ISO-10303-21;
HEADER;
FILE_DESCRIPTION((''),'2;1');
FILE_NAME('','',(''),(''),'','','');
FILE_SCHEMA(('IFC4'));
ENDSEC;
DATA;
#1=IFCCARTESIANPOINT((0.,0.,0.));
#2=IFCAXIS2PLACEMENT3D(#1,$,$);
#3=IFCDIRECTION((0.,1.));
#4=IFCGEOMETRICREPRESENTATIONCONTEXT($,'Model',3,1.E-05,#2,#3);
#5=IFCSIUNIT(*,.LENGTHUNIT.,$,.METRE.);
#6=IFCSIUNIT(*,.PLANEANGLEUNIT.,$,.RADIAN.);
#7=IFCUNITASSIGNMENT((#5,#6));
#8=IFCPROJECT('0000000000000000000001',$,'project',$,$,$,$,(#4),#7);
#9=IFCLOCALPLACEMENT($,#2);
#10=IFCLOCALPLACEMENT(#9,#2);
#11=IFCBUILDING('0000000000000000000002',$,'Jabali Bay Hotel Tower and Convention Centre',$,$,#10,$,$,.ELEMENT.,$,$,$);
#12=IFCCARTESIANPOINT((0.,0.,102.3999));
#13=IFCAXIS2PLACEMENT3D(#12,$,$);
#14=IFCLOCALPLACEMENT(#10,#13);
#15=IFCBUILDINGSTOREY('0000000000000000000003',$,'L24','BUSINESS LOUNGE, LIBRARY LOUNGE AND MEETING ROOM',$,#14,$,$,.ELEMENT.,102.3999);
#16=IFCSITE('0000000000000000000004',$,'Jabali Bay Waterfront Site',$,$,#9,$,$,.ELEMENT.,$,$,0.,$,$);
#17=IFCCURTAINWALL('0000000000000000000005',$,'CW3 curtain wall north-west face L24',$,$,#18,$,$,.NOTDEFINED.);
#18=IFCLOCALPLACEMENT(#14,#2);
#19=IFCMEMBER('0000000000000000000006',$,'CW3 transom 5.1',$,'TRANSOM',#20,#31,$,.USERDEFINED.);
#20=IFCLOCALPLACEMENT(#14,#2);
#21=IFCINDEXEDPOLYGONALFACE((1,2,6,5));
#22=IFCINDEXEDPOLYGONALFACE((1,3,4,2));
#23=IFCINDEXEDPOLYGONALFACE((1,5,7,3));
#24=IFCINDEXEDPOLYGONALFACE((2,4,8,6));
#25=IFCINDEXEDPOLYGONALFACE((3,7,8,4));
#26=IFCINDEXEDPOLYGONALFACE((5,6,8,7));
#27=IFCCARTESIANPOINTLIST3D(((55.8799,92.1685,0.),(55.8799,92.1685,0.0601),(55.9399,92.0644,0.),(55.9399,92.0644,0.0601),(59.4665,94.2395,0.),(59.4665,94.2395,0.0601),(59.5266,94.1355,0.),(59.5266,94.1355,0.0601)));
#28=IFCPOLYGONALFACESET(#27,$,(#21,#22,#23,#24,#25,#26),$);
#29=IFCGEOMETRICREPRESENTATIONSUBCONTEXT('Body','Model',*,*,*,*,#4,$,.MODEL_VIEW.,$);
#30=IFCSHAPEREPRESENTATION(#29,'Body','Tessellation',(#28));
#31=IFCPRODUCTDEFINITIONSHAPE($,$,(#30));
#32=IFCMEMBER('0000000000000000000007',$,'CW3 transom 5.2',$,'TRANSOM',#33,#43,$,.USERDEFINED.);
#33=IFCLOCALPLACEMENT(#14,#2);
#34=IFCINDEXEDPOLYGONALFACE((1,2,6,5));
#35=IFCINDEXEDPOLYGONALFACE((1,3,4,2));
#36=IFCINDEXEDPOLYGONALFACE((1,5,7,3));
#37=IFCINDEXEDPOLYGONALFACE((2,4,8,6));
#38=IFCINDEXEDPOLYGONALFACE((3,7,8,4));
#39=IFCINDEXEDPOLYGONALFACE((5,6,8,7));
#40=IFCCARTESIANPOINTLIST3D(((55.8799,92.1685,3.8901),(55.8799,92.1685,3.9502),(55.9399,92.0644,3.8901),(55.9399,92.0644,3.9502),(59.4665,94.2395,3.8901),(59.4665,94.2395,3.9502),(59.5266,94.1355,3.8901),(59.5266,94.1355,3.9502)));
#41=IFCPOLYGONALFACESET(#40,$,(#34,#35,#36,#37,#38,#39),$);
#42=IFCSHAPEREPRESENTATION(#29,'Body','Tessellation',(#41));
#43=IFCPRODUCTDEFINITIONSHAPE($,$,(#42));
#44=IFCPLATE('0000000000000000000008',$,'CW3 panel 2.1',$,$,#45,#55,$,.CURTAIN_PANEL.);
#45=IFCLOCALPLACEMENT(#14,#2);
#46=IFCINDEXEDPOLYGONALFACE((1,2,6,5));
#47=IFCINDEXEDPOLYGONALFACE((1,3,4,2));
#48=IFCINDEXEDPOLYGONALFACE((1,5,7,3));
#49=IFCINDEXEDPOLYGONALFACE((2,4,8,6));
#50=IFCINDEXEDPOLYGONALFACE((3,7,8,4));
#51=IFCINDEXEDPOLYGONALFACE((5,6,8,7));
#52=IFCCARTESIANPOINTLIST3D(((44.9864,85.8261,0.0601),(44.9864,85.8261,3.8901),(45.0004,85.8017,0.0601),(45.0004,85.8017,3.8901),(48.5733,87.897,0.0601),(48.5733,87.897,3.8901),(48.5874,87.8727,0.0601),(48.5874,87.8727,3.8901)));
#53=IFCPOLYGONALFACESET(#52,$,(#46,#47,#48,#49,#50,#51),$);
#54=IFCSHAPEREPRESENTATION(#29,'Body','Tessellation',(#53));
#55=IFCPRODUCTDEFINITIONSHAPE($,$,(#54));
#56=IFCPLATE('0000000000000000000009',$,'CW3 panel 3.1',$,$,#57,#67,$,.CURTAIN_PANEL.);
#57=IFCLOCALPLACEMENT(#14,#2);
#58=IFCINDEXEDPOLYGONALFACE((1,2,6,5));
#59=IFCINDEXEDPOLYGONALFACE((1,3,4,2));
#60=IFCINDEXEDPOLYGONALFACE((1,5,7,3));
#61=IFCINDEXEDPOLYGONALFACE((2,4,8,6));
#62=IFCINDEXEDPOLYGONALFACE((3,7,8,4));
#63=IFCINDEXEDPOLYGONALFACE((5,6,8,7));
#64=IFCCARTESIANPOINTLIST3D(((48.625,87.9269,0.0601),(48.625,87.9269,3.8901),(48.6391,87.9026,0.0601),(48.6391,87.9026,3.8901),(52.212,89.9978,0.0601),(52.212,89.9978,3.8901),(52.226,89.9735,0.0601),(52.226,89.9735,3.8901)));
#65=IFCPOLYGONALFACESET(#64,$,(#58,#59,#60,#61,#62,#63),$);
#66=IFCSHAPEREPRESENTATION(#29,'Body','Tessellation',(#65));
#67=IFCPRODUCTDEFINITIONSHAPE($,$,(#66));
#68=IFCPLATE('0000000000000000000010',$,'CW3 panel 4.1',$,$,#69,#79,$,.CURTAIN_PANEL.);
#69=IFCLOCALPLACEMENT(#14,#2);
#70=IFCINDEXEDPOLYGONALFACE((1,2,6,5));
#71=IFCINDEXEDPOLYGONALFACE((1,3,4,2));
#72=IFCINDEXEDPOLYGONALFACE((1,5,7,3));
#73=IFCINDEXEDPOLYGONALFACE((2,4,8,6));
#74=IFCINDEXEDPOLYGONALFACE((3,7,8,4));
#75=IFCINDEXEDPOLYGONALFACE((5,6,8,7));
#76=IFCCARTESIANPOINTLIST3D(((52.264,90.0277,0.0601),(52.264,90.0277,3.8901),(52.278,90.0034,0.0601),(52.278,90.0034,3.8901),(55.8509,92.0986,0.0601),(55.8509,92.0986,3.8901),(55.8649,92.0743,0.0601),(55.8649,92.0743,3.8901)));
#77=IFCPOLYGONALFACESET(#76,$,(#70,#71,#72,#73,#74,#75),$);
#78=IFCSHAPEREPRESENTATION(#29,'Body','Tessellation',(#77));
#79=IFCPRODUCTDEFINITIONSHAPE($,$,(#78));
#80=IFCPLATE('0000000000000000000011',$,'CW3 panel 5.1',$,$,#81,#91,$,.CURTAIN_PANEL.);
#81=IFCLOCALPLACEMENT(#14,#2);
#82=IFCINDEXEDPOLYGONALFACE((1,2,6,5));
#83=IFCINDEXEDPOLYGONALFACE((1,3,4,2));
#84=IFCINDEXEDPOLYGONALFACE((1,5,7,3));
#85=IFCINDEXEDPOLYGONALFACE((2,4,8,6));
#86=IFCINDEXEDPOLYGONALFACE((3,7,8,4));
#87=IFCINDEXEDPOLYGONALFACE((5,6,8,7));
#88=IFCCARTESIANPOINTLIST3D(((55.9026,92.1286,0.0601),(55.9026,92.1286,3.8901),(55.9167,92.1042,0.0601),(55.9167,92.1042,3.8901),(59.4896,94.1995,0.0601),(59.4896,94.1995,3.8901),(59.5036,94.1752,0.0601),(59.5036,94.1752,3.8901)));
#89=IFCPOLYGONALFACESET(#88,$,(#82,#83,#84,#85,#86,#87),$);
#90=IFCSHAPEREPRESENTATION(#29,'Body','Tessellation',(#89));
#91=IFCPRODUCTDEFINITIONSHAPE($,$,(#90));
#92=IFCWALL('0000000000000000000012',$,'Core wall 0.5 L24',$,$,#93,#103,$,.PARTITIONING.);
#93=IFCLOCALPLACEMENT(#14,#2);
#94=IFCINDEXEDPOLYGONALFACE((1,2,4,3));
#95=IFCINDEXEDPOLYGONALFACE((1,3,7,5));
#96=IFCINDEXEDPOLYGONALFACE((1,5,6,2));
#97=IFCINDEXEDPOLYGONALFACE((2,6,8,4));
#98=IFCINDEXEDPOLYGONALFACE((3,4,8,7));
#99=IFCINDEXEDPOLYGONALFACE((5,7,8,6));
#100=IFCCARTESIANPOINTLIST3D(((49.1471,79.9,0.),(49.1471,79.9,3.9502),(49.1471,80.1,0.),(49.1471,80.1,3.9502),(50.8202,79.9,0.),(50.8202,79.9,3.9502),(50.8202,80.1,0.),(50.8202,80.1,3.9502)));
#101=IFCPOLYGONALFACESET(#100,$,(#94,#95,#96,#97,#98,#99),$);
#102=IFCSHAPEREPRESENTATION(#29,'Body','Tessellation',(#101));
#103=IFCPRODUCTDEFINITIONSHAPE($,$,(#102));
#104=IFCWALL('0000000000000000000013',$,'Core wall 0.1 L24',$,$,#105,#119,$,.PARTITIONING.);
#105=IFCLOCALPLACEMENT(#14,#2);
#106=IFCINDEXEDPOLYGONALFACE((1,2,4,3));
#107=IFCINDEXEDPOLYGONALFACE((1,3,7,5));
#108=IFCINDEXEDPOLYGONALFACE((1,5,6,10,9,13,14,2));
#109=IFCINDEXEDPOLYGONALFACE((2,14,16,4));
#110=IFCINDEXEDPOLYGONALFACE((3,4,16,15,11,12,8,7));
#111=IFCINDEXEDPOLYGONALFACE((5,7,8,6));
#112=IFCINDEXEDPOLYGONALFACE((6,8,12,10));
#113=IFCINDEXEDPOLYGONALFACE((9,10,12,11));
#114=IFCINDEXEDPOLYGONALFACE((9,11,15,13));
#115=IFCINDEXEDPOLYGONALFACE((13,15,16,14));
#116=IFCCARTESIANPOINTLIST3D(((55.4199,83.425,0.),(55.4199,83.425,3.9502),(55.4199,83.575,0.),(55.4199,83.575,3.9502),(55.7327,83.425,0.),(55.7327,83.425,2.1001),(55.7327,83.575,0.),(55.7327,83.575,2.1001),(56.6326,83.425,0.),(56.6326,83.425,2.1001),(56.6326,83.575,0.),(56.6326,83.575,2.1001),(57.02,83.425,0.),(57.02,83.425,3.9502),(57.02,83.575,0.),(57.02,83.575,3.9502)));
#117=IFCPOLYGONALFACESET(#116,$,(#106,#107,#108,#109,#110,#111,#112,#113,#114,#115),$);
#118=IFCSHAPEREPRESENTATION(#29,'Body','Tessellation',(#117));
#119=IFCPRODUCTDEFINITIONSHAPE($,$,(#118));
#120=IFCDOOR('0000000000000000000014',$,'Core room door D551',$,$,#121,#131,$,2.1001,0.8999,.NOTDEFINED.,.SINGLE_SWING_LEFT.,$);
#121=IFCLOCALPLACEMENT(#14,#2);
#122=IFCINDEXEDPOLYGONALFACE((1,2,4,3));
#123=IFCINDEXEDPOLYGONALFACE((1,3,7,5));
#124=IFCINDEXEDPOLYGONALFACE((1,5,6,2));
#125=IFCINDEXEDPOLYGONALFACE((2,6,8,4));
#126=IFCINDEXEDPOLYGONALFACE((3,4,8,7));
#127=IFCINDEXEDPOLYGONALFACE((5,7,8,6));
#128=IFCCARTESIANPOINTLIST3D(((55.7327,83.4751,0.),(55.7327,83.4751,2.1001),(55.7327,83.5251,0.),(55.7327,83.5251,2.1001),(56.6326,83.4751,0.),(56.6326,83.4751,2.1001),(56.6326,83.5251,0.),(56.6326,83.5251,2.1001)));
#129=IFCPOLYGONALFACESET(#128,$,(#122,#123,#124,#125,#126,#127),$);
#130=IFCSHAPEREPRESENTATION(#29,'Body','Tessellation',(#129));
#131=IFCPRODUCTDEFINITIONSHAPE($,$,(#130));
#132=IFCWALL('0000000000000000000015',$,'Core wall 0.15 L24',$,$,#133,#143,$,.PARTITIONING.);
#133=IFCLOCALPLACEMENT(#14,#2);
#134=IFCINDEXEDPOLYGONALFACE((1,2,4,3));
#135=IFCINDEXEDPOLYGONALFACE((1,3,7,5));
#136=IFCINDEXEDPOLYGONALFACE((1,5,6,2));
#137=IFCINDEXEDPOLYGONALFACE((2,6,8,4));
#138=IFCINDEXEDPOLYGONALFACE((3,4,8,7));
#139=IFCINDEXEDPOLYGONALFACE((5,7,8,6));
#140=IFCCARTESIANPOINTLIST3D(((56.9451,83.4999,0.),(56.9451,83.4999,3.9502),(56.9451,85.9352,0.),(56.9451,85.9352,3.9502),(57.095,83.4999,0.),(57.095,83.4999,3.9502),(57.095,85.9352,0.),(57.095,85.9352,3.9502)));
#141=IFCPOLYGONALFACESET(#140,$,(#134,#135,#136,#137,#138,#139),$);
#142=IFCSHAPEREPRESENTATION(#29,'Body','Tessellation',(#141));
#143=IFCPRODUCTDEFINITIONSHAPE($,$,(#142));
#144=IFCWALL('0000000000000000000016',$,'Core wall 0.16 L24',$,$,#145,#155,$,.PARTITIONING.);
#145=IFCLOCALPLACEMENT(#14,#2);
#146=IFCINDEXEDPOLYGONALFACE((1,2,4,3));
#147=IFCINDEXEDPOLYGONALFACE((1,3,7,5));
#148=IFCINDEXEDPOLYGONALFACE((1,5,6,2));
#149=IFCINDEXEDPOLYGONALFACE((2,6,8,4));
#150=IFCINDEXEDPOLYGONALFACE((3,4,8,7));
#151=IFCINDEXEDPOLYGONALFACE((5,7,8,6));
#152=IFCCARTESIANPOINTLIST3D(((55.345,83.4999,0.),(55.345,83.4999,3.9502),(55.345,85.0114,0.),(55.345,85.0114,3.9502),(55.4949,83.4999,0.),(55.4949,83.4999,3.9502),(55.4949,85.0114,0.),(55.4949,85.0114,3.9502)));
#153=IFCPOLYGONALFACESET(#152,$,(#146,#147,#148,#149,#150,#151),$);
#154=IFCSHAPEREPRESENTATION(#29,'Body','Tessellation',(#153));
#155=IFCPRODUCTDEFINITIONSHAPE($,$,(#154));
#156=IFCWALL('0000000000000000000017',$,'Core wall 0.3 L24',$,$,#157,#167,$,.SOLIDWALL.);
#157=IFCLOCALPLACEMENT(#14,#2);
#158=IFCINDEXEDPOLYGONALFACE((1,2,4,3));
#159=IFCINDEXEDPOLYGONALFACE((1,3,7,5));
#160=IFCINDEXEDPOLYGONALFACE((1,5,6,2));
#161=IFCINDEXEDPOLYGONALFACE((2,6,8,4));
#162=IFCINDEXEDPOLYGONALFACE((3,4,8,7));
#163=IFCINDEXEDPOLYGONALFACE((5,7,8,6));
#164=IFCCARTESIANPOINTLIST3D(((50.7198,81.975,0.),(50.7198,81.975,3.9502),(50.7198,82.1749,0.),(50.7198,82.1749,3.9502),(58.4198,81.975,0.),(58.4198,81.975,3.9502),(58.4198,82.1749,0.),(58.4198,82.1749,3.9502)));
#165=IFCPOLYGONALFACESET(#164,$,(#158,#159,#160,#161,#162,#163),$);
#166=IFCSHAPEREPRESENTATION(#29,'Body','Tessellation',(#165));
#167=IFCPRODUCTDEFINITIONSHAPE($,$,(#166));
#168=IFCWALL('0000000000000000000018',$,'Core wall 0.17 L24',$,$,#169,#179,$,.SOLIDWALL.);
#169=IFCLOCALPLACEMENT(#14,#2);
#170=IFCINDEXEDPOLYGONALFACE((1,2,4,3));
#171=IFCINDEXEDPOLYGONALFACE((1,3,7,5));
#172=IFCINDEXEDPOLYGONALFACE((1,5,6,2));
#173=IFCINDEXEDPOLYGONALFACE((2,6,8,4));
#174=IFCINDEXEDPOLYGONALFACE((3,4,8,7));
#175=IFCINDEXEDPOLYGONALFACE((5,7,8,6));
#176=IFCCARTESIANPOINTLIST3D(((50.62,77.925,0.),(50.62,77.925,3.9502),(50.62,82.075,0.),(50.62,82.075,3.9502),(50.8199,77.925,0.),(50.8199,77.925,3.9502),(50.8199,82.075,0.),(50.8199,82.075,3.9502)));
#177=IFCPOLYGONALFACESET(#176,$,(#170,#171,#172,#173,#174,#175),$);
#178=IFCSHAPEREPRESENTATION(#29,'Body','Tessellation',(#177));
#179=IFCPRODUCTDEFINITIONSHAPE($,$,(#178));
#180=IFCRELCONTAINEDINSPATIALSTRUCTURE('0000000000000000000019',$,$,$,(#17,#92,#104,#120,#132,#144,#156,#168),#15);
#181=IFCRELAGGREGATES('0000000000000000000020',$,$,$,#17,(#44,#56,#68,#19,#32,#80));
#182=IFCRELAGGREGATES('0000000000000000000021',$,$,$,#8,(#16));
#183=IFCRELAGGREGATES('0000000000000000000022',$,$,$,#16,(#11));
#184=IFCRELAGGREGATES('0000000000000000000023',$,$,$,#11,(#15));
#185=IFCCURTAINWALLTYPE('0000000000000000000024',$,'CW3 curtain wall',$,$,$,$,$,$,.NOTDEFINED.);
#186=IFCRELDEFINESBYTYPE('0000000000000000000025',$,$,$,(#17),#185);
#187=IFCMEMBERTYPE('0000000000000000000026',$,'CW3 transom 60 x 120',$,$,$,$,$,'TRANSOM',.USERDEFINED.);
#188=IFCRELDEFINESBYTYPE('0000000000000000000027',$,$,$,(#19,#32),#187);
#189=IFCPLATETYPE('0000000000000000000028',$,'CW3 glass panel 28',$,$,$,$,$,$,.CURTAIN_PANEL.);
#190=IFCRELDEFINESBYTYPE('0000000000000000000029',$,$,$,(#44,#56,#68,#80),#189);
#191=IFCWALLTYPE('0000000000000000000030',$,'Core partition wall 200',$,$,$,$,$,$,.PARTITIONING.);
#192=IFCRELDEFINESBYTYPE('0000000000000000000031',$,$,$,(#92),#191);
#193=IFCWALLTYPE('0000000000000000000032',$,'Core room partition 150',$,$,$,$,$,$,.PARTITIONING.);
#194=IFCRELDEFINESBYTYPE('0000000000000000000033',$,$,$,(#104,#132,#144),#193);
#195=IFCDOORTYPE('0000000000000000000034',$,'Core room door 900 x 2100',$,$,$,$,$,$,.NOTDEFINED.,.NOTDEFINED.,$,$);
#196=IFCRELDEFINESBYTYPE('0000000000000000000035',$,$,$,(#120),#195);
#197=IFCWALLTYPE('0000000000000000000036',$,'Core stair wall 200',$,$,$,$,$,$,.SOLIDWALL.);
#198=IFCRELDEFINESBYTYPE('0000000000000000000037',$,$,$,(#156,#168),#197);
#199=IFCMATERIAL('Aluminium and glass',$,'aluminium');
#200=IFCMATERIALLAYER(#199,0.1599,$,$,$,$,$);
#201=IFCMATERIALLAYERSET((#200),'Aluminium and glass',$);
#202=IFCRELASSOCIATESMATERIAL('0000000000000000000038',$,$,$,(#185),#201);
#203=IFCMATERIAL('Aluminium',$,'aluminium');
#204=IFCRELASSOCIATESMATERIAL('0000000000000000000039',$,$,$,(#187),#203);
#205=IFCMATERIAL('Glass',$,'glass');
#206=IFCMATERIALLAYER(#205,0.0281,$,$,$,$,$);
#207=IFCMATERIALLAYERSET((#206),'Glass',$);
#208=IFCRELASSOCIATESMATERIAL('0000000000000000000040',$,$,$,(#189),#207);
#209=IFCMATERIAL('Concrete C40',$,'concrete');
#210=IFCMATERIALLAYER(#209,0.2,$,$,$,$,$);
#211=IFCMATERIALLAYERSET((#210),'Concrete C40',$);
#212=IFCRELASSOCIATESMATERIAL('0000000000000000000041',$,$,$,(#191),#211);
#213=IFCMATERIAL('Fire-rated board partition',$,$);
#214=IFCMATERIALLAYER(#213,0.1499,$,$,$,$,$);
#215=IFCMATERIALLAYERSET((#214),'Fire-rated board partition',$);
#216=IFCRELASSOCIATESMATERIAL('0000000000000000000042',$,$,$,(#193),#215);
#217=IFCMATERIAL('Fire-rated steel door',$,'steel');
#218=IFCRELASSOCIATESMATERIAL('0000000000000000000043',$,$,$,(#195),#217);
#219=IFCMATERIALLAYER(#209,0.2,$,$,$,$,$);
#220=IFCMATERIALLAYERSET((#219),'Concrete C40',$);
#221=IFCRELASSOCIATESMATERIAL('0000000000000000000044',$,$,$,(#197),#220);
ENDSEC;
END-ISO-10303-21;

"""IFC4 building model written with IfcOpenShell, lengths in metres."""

from ifc_helpers import new_model, si_unit, direction, frame, frame_2d, origin, origin_2d, place, context, subcontext, project, spatial, rectangle, extrude, material, layer, layer_set, material_profile, profile_set, type_object, element, fill, aggregate, save


model = new_model("IFC4")

# Units and contexts
model_context = context("Model", 3, precision=1e-05, world=origin(), true_north=direction((0.0, 1.0)))
body_context = subcontext(model_context, "Body", "Model", "MODEL_VIEW")
ifc_project = project(units=[si_unit("LENGTHUNIT", "METRE"), si_unit("PLANEANGLEUNIT", "RADIAN")], contexts=[model_context])

# Site, building, storey
site_placement = place(None, origin())
site = spatial("IfcSite", under=ifc_project, at=site_placement, Name="Jabali Bay Waterfront Site", CompositionType="ELEMENT", RefElevation=0.0)
building_placement = place(site_placement, origin())
building = spatial("IfcBuilding", under=site, at=building_placement, Name="Jabali Bay Hotel Tower and Convention Centre", CompositionType="ELEMENT")
storey_placement = place(building_placement, frame((0.0, 0.0, 102.3999)))
storey = spatial("IfcBuildingStorey", under=building, at=storey_placement, Name="L24", Description="BUSINESS LOUNGE, LIBRARY LOUNGE AND MEETING ROOM", CompositionType="ELEMENT", Elevation=102.3999)

# Curtain wall, members, plates
ifc_material_1 = material(Name="Aluminium and glass", Category="aluminium")
ifc_layer_1 = layer(ifc_material_1, 0.1599)
ifc_layer_set_1 = layer_set([ifc_layer_1], Name="Aluminium and glass")
curtain_wall_type = type_object("IfcCurtainWallType", Name="CW3 curtain wall", PredefinedType="NOTDEFINED", material=ifc_layer_set_1)
curtain_wall_placement = place(storey_placement, origin())
curtain_wall = element("IfcCurtainWall", 1, at=curtain_wall_placement, inside=storey, type_object=curtain_wall_type, Name="CW3 curtain wall north-west face L24", PredefinedType="NOTDEFINED")
ifc_material_2 = material(Name="Aluminium", Category="aluminium")
ifc_material_profile_1 = material_profile(ifc_material_2, rectangle(XDim=0.1201, YDim=0.0601, at=origin_2d()), Name="CW3 transom 60 x 120")
ifc_profile_set_1 = profile_set([ifc_material_profile_1], Name="Aluminium")
member_type_1 = type_object("IfcMemberType", Name="CW3 transom 60 x 120", ElementType="TRANSOM", PredefinedType="USERDEFINED", material=ifc_profile_set_1)
member_1_placement = place(storey_placement, frame((55.9099, 92.1165, 0.03), z_axis=(0.865996, 0.500051, 0.0), x_axis=(-0.500051, 0.865996, 0.0)))
member_1 = element("IfcMember", 2, at=member_1_placement, type_object=member_type_1, Name="CW3 transom 5.1", ObjectType="TRANSOM", PredefinedType="USERDEFINED", context=body_context, shape_type="SweptSolid", body=[
    extrude(rectangle(XDim=0.1201, YDim=0.0601, at=origin_2d()), origin(), (0.0, 0.0, 1.0), 4.1416),
])
member_2_placement = place(storey_placement, frame((55.9099, 92.1165, 3.9202), z_axis=(0.865996, 0.500051, 0.0), x_axis=(-0.500051, 0.865996, 0.0)))
member_2 = element("IfcMember", 3, at=member_2_placement, type_object=member_type_1, Name="CW3 transom 5.2", ObjectType="TRANSOM", PredefinedType="USERDEFINED", context=body_context, shape_type="SweptSolid", body=[
    extrude(rectangle(XDim=0.1201, YDim=0.0601, at=origin_2d()), origin(), (0.0, 0.0, 1.0), 4.1416),
])
ifc_material_3 = material(Name="Glass", Category="glass")
ifc_layer_2 = layer(ifc_material_3, 0.0281)
ifc_layer_set_2 = layer_set([ifc_layer_2], Name="Glass")
plate_type = type_object("IfcPlateType", Name="CW3 glass panel 28", PredefinedType="CURTAIN_PANEL", material=ifc_layer_set_2)
plate_1_placement = place(storey_placement, frame((46.7869, 86.8494, 0.0601), z_axis=(0.0, 0.0, 1.0), x_axis=(0.866025, 0.5, 0.0)))
plate_1 = element("IfcPlate", 4, at=plate_1_placement, type_object=plate_type, Name="CW3 panel 2.1", PredefinedType="CURTAIN_PANEL", context=body_context, shape_type="SweptSolid", body=[
    extrude(rectangle(XDim=4.1418, YDim=0.0281, at=origin_2d()), origin(), (0.0, 0.0, 1.0), 3.8301),
])
plate_2_placement = place(storey_placement, frame((50.4255, 88.9502, 0.0601), z_axis=(0.0, 0.0, 1.0), x_axis=(0.866025, 0.5, 0.0)))
plate_2 = element("IfcPlate", 5, at=plate_2_placement, type_object=plate_type, Name="CW3 panel 3.1", PredefinedType="CURTAIN_PANEL", context=body_context, shape_type="SweptSolid", body=[
    extrude(rectangle(XDim=4.1418, YDim=0.0281, at=origin_2d()), origin(), (0.0, 0.0, 1.0), 3.8301),
])
plate_3_placement = place(storey_placement, frame((54.0645, 91.051, 0.0601), z_axis=(0.0, 0.0, 1.0), x_axis=(0.866025, 0.5, 0.0)))
plate_3 = element("IfcPlate", 6, at=plate_3_placement, type_object=plate_type, Name="CW3 panel 4.1", PredefinedType="CURTAIN_PANEL", context=body_context, shape_type="SweptSolid", body=[
    extrude(rectangle(XDim=4.1418, YDim=0.0281, at=origin_2d()), origin(), (0.0, 0.0, 1.0), 3.8301),
])
plate_4_placement = place(storey_placement, frame((57.7031, 93.1519, 0.0601), z_axis=(0.0, 0.0, 1.0), x_axis=(0.866025, 0.5, 0.0)))
plate_4 = element("IfcPlate", 7, at=plate_4_placement, type_object=plate_type, Name="CW3 panel 5.1", PredefinedType="CURTAIN_PANEL", context=body_context, shape_type="SweptSolid", body=[
    extrude(rectangle(XDim=4.1418, YDim=0.0281, at=origin_2d()), origin(), (0.0, 0.0, 1.0), 3.8301),
])
aggregate(curtain_wall, [plate_1, plate_2, plate_3, member_1, member_2, plate_4])

# Wall
ifc_material_4 = material(Name="Concrete C40", Category="concrete")
ifc_layer_3 = layer(ifc_material_4, 0.2)
ifc_layer_set_3 = layer_set([ifc_layer_3], Name="Concrete C40")
wall_type_1 = type_object("IfcWallType", Name="Core partition wall 200", PredefinedType="PARTITIONING", material=ifc_layer_set_3)
wall_1_placement = place(storey_placement, frame((50.8201, 80.0, 0.0), z_axis=(0.0, 0.0, 1.0), x_axis=(-1.0, 0.0, 0.0)))
element("IfcWall", 8, at=wall_1_placement, inside=storey, type_object=wall_type_1, Name="Core wall 0.5 L24", PredefinedType="PARTITIONING", context=body_context, shape_type="SweptSolid", body=[
    extrude(rectangle(XDim=1.6731, YDim=0.2, at=frame_2d((0.8364, 0.0))), origin(), (0.0, 0.0, 1.0), 3.9502),
])

# Wall, opening, door
ifc_material_5 = material(Name="Fire-rated board partition")
ifc_layer_4 = layer(ifc_material_5, 0.1499)
ifc_layer_set_4 = layer_set([ifc_layer_4], Name="Fire-rated board partition")
wall_type_2 = type_object("IfcWallType", Name="Core room partition 150", PredefinedType="PARTITIONING", material=ifc_layer_set_4)
wall_2_placement = place(storey_placement, frame((57.02, 83.5, 0.0), z_axis=(0.0, 0.0, 1.0), x_axis=(-1.0, 0.0, 0.0)))
wall_2 = element("IfcWall", 9, at=wall_2_placement, inside=storey, type_object=wall_type_2, Name="Core wall 0.1 L24", PredefinedType="PARTITIONING", context=body_context, shape_type="SweptSolid", body=[
    extrude(rectangle(XDim=1.6001, YDim=0.1499, at=frame_2d((0.8, 0.0))), origin(), (0.0, 0.0, 1.0), 3.9502),
])
opening_placement = place(wall_2_placement, frame((0.3875, 0.0, 0.0)))
opening = element("IfcOpeningElement", 10, at=opening_placement, cuts=wall_2, PredefinedType="OPENING", context=body_context, shape_type="SweptSolid", body=[
    extrude(rectangle(XDim=0.8999, YDim=2.1001, at=frame_2d((0.45, 1.05))), frame((0.0, 0.0854, 0.0), z_axis=(0.0, -1.0, 0.0), x_axis=(1.0, 0.0, 0.0)), (0.0, 0.0, 1.0), 0.1709),
])
ifc_material_6 = material(Name="Fire-rated steel door", Category="steel")
door_type = type_object("IfcDoorType", Name="Core room door 900 x 2100", OperationType="NOTDEFINED", PredefinedType="NOTDEFINED", material=ifc_material_6)
door_placement = place(opening_placement, origin())
door = element("IfcDoor", 11, at=door_placement, inside=storey, type_object=door_type, Name="Core room door D551", OperationType="SINGLE_SWING_LEFT", OverallHeight=2.1001, OverallWidth=0.8999, PredefinedType="NOTDEFINED", context=body_context, shape_type="SweptSolid", body=[
    extrude(rectangle(XDim=0.8999, YDim=2.1001, at=frame_2d((0.45, 1.05))), frame((0.0, 0.0249, 0.0), z_axis=(0.0, -1.0, 0.0), x_axis=(1.0, 0.0, 0.0)), (0.0, 0.0, 1.0), 0.05),
])
fill(opening, door)

# Walls
wall_3_placement = place(storey_placement, frame((57.02, 85.9353, 0.0), z_axis=(0.0, 0.0, 1.0), x_axis=(0.0, -1.0, 0.0)))
element("IfcWall", 12, at=wall_3_placement, inside=storey, type_object=wall_type_2, Name="Core wall 0.15 L24", PredefinedType="PARTITIONING", context=body_context, shape_type="SweptSolid", body=[
    extrude(rectangle(XDim=2.4353, YDim=0.1499, at=frame_2d((1.2178, 0.0))), origin(), (0.0, 0.0, 1.0), 3.9502),
])
wall_4_placement = place(storey_placement, frame((55.4199, 85.0115, 0.0), z_axis=(0.0, 0.0, 1.0), x_axis=(0.0, -1.0, 0.0)))
element("IfcWall", 13, at=wall_4_placement, inside=storey, type_object=wall_type_2, Name="Core wall 0.16 L24", PredefinedType="PARTITIONING", context=body_context, shape_type="SweptSolid", body=[
    extrude(rectangle(XDim=1.5115, YDim=0.1499, at=frame_2d((0.7559, 0.0))), origin(), (0.0, 0.0, 1.0), 3.9502),
])
ifc_layer_5 = layer(ifc_material_4, 0.2)
ifc_layer_set_5 = layer_set([ifc_layer_5], Name="Concrete C40")
wall_type_3 = type_object("IfcWallType", Name="Core stair wall 200", PredefinedType="SOLIDWALL", material=ifc_layer_set_5)
wall_5_placement = place(storey_placement, frame((58.4199, 82.075, 0.0), z_axis=(0.0, 0.0, 1.0), x_axis=(-1.0, 0.0, 0.0)))
element("IfcWall", 14, at=wall_5_placement, inside=storey, type_object=wall_type_3, Name="Core wall 0.3 L24", PredefinedType="SOLIDWALL", context=body_context, shape_type="SweptSolid", body=[
    extrude(rectangle(XDim=7.7, YDim=0.2, at=frame_2d((3.8501, 0.0))), origin(), (0.0, 0.0, 1.0), 3.9502),
])
wall_6_placement = place(storey_placement, frame((50.72, 82.075, 0.0), z_axis=(0.0, 0.0, 1.0), x_axis=(0.0, -1.0, 0.0)))
element("IfcWall", 15, at=wall_6_placement, inside=storey, type_object=wall_type_3, Name="Core wall 0.17 L24", PredefinedType="SOLIDWALL", context=body_context, shape_type="SweptSolid", body=[
    extrude(rectangle(XDim=4.1499, YDim=0.2, at=frame_2d((2.075, 0.0))), origin(), (0.0, 0.0, 1.0), 3.9502),
])

save(model, "model.ifc")
